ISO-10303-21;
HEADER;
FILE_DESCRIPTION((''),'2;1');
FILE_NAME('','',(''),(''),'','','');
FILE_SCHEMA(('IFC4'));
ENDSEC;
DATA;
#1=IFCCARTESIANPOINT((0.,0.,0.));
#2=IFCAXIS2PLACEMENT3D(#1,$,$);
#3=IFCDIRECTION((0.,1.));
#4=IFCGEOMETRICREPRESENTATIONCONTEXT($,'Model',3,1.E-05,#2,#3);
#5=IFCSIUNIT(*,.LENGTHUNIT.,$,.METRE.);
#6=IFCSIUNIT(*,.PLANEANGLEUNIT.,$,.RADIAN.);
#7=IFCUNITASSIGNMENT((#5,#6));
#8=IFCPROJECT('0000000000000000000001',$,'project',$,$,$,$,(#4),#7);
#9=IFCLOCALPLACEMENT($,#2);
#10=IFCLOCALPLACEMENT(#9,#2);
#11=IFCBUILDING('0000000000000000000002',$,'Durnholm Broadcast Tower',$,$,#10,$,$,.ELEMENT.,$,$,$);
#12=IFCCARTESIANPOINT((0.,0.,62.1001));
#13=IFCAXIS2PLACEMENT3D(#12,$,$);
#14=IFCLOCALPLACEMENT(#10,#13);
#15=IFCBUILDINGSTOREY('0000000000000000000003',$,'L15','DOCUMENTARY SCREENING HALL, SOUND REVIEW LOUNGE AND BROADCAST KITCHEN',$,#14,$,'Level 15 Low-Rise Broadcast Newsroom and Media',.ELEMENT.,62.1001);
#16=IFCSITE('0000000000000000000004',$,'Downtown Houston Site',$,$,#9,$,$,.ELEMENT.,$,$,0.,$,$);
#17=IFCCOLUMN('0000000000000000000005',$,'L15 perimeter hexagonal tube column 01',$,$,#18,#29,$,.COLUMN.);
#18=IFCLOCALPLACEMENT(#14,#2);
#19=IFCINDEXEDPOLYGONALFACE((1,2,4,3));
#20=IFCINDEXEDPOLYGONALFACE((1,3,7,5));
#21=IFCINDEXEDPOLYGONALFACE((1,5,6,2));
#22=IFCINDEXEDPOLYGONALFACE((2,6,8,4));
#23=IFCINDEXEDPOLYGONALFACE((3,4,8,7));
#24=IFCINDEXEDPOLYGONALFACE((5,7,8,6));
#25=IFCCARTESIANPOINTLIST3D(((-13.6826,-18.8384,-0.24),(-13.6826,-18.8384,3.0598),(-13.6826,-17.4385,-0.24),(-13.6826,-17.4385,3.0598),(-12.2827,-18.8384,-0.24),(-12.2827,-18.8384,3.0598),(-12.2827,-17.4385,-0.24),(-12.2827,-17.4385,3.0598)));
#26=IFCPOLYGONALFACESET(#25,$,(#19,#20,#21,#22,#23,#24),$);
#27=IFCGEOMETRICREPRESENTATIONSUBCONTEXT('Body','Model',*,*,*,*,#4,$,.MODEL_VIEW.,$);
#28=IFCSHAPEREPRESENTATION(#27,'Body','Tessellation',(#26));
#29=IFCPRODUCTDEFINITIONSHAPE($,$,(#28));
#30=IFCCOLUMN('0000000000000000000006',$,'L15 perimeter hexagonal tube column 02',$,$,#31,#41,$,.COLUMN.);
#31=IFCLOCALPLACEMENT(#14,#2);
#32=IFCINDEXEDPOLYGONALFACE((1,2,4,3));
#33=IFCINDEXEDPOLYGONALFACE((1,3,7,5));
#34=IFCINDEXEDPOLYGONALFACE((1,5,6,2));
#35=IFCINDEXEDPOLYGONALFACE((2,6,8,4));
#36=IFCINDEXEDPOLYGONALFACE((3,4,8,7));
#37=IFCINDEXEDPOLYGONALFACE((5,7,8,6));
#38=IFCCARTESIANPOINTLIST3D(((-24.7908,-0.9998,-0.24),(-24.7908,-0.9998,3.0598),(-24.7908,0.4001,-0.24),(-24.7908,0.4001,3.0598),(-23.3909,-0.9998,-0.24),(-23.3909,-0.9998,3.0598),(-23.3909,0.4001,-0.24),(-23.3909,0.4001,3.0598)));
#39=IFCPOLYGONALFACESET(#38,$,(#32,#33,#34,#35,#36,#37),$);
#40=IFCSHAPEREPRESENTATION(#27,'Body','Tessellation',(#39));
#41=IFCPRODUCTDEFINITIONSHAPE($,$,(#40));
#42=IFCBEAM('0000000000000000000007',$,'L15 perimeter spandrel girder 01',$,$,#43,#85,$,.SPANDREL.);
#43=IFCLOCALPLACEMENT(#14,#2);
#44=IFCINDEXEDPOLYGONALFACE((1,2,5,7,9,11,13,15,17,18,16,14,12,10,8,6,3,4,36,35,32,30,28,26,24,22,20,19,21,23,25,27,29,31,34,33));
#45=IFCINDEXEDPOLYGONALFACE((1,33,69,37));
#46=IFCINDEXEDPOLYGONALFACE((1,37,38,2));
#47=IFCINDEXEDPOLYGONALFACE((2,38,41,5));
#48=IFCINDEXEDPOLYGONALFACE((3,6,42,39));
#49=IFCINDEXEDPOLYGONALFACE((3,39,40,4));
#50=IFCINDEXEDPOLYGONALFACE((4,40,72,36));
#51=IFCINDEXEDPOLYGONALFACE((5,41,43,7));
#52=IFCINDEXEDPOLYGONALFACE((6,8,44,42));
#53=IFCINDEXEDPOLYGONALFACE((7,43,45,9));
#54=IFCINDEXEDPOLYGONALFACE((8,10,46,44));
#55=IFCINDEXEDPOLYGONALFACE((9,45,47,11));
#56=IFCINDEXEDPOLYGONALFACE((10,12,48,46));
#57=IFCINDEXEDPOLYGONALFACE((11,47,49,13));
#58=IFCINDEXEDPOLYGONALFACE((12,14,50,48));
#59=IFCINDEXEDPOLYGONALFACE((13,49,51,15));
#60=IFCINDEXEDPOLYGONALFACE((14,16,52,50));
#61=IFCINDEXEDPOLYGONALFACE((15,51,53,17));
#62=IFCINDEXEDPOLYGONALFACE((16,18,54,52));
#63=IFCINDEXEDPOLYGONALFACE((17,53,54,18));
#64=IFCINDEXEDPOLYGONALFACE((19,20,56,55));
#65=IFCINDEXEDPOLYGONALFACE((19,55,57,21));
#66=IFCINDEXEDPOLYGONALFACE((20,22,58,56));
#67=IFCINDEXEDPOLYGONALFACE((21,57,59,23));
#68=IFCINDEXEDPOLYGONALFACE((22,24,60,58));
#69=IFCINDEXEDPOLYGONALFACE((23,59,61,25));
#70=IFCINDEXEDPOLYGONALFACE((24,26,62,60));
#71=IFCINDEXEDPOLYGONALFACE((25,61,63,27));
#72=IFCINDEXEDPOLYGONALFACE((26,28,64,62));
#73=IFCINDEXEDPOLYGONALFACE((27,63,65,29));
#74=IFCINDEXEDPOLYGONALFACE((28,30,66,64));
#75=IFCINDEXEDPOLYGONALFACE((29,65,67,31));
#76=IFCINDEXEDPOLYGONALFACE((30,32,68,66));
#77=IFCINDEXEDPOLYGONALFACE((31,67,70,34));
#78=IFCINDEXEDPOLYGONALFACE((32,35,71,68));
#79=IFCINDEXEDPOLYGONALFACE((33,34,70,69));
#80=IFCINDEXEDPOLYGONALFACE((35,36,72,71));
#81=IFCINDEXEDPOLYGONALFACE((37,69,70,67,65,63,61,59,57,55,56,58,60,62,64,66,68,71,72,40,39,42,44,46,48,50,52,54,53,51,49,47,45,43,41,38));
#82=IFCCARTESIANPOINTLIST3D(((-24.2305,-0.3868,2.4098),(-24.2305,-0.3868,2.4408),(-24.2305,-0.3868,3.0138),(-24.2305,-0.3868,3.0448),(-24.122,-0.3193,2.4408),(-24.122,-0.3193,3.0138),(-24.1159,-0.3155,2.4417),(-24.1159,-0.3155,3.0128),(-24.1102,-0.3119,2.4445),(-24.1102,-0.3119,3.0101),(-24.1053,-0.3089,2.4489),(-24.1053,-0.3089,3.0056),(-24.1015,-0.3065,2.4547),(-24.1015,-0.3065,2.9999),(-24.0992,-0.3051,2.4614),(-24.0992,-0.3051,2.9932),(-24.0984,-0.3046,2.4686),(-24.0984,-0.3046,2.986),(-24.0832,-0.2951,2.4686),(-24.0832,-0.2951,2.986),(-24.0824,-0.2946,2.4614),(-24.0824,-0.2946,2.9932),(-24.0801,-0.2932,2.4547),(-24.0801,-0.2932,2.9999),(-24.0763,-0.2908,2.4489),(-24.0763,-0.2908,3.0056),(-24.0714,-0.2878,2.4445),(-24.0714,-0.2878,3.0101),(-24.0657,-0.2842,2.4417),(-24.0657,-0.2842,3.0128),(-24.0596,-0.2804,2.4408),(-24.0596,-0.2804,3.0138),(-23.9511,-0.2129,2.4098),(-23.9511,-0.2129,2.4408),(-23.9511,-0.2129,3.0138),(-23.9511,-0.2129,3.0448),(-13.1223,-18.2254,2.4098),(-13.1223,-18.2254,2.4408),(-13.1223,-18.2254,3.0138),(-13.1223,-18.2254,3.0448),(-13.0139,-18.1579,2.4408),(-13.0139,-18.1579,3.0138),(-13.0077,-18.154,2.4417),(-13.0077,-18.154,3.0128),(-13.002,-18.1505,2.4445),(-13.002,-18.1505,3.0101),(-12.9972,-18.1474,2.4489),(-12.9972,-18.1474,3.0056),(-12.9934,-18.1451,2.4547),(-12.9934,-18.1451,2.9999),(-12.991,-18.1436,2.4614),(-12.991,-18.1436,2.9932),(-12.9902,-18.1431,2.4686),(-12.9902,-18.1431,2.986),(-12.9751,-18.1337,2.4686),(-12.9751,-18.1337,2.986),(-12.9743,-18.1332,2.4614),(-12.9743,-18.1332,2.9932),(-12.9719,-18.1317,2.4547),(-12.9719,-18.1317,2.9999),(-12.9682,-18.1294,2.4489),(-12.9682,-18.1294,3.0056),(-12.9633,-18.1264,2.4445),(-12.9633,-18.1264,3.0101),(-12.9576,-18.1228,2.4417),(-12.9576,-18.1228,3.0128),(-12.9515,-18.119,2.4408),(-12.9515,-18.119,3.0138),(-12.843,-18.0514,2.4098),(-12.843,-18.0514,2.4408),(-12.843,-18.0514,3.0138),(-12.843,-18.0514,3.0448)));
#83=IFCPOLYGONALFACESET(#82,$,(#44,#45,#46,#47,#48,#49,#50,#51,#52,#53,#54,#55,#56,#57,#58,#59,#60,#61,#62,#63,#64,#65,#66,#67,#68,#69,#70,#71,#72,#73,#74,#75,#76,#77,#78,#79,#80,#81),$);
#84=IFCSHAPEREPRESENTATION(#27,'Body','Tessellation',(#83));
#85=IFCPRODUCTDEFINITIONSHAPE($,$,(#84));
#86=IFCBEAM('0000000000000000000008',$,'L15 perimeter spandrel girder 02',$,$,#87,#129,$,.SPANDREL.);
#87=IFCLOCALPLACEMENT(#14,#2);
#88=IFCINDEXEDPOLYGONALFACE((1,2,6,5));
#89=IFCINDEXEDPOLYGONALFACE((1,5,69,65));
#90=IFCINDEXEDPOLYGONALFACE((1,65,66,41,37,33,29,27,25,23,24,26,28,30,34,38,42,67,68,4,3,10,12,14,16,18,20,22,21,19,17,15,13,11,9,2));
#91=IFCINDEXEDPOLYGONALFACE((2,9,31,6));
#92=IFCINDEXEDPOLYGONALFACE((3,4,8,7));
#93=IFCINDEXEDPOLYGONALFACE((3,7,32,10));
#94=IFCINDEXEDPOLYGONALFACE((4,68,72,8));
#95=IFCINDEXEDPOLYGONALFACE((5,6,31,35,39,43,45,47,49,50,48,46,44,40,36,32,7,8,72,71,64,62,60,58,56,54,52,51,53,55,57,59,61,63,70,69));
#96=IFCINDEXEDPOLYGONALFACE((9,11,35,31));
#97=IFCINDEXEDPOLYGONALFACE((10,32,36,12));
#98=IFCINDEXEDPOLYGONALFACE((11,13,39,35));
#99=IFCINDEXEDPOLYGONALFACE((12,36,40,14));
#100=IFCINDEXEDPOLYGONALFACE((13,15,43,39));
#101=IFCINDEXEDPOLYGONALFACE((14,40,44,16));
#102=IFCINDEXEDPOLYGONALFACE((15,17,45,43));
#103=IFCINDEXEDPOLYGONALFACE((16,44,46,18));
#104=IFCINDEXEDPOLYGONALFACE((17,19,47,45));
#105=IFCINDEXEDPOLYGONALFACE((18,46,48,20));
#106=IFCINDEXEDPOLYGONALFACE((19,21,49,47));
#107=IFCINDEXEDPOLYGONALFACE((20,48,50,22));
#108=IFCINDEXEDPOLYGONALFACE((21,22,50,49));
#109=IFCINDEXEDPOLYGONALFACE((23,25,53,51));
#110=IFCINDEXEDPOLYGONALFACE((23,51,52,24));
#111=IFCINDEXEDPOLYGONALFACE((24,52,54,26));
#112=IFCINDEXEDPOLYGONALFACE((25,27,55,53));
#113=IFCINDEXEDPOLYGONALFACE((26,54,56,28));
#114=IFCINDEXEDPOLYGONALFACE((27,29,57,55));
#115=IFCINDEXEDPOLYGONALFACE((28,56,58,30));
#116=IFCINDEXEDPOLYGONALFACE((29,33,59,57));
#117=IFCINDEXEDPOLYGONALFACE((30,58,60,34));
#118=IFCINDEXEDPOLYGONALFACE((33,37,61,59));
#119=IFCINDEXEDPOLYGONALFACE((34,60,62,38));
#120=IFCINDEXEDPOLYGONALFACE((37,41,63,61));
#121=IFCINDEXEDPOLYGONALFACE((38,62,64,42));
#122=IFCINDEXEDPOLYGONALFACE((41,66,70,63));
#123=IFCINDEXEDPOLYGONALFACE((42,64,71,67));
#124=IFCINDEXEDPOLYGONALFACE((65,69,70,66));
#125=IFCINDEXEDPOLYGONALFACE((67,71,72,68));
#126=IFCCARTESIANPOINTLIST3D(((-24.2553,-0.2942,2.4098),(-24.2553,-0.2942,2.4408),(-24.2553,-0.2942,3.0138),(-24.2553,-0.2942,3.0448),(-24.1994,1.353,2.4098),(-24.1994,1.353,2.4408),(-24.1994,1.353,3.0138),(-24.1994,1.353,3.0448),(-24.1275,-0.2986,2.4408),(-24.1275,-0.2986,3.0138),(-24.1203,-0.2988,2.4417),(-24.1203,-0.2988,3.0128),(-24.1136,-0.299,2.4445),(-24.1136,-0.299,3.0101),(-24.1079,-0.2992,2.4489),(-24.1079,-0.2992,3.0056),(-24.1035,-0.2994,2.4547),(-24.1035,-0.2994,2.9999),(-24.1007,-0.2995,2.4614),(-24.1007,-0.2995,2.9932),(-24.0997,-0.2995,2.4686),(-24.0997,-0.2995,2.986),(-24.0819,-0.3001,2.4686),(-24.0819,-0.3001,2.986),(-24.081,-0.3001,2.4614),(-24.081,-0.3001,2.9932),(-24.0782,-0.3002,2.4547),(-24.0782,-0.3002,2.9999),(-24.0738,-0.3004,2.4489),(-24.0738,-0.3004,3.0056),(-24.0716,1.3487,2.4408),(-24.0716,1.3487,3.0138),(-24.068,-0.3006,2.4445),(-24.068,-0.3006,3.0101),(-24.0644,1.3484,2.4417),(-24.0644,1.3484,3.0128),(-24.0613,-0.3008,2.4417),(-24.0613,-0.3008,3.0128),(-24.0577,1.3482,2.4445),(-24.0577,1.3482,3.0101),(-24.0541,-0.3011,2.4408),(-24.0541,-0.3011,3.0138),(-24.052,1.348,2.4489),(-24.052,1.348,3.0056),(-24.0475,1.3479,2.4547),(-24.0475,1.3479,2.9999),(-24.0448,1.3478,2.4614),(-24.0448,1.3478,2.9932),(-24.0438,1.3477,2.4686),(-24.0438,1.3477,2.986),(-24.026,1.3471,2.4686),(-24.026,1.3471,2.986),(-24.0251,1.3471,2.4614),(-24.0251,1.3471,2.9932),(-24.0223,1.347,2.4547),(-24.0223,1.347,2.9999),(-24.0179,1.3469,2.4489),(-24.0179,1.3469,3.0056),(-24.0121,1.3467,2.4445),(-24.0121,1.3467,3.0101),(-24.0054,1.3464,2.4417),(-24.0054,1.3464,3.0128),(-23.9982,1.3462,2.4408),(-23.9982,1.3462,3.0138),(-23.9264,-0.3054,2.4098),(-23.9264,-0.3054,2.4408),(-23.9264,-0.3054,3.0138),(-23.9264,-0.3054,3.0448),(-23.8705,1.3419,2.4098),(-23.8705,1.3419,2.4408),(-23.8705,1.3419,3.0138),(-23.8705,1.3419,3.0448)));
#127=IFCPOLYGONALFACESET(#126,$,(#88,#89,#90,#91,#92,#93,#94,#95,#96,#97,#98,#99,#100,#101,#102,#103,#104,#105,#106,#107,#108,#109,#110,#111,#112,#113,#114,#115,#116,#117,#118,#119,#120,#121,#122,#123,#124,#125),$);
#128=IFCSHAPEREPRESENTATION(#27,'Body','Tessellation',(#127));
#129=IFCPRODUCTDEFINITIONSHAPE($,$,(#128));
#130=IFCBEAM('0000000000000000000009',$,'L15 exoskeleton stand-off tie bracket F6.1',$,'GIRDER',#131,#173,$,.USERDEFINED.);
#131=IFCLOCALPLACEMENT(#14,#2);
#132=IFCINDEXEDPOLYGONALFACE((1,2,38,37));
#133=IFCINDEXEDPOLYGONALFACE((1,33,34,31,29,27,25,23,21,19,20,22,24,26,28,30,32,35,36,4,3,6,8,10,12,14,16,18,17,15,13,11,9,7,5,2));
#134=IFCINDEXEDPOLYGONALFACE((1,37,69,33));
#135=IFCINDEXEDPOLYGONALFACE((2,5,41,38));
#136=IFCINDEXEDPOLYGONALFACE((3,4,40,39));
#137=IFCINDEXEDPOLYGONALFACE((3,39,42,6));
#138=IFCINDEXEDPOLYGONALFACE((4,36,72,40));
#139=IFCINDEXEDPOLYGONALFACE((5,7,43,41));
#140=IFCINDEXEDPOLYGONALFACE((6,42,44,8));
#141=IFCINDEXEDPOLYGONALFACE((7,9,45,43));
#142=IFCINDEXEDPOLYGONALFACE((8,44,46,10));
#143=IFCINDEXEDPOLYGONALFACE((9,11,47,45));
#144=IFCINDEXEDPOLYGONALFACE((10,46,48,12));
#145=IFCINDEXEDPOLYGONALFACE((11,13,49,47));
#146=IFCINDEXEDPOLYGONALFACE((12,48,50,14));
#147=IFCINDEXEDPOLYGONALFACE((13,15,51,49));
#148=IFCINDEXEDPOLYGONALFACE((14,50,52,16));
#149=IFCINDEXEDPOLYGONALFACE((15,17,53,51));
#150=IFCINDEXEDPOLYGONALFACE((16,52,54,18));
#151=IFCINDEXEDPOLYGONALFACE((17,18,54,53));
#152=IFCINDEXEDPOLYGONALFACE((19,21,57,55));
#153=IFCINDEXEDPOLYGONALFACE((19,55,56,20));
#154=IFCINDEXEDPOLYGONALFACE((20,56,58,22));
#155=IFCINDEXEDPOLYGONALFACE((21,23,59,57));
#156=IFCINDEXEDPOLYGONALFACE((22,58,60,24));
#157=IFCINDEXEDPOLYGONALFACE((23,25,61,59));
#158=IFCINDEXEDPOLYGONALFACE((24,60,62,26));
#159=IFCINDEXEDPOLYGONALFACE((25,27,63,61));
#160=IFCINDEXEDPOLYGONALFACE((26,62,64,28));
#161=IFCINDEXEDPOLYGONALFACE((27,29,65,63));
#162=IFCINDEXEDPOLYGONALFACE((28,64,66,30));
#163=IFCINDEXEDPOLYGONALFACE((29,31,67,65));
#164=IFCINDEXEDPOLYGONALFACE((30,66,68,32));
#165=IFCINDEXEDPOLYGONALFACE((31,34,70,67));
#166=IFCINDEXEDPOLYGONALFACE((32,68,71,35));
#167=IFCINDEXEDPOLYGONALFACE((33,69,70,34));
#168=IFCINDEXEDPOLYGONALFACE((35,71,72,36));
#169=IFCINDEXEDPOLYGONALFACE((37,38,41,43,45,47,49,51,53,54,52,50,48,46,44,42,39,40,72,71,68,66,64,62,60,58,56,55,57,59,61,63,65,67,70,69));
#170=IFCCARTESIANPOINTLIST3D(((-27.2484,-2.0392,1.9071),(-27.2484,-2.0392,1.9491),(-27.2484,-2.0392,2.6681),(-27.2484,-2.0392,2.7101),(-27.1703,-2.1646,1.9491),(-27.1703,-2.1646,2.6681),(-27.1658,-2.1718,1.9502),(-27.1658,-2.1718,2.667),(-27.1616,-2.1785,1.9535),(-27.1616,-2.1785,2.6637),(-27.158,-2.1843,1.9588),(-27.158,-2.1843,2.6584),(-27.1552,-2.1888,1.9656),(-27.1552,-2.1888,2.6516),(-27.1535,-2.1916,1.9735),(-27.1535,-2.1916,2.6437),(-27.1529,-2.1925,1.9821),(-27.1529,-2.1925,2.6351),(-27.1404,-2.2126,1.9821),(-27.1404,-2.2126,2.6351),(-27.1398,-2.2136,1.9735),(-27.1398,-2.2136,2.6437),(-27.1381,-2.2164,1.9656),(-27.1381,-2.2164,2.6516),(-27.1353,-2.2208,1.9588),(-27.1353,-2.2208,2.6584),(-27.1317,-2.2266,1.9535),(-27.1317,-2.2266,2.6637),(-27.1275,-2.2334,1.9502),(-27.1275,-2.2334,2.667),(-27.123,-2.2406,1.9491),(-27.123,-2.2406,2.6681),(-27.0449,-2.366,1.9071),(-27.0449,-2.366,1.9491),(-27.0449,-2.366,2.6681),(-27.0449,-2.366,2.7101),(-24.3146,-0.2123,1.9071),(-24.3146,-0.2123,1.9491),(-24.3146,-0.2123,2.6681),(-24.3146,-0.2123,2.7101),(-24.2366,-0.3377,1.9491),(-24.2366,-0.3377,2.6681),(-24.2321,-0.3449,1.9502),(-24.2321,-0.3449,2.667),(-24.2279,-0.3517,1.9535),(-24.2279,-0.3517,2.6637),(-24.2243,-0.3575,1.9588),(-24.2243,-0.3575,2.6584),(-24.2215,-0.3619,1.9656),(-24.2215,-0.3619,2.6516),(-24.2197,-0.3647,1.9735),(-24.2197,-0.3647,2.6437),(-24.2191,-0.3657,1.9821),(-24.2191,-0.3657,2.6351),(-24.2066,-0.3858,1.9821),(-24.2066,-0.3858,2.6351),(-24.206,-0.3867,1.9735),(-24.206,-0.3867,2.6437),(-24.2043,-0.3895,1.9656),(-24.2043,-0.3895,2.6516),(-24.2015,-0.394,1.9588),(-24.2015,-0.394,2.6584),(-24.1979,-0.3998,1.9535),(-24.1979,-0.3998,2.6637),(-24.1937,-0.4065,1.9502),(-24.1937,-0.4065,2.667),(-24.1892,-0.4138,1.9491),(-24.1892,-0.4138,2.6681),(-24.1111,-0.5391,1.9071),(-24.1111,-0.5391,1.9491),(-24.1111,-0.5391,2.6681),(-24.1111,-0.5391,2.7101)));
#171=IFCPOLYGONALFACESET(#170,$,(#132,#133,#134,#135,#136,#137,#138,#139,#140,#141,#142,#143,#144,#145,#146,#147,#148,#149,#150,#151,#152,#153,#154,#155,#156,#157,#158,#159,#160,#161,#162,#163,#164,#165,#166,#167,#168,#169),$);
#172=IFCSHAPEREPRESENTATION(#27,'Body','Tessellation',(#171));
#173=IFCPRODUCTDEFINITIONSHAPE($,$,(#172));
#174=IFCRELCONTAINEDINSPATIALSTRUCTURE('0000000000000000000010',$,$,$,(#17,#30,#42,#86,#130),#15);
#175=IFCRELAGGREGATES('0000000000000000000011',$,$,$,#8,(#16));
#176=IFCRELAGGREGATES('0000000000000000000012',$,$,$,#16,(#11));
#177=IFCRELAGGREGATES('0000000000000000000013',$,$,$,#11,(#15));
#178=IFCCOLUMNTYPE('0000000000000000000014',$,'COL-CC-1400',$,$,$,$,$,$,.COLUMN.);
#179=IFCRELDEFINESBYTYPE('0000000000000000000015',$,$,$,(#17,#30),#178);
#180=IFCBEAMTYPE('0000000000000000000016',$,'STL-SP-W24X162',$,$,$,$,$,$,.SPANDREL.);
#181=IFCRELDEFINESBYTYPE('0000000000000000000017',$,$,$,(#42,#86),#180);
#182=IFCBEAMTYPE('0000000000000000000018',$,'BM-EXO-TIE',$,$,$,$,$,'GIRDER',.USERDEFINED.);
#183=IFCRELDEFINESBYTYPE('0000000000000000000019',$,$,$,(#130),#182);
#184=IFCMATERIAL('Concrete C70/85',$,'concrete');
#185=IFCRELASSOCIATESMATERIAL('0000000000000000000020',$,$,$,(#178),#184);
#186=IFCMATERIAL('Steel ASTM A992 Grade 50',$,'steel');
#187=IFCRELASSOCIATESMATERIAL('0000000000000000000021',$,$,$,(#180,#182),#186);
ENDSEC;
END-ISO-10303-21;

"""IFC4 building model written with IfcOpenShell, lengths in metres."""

from ifc_helpers import new_model, si_unit, direction, frame, origin, origin_2d, place, context, subcontext, project, spatial, rectangle, i_section, extrude, source, transform, mapped, material, material_profile, profile_set, type_object, type_shapes, element, save


model = new_model("IFC4")

# Units and contexts
model_context = context("Model", 3, precision=1e-05, world=origin(), true_north=direction((0.0, 1.0)))
body_context = subcontext(model_context, "Body", "Model", "MODEL_VIEW")
ifc_project = project(units=[si_unit("LENGTHUNIT", "METRE"), si_unit("PLANEANGLEUNIT", "RADIAN")], contexts=[model_context])

# Site, building, storey
site_placement = place(None, origin())
site = spatial("IfcSite", under=ifc_project, at=site_placement, Name="Downtown Houston Site", CompositionType="ELEMENT", RefElevation=0.0)
building_placement = place(site_placement, origin())
building = spatial("IfcBuilding", under=site, at=building_placement, Name="Durnholm Broadcast Tower", CompositionType="ELEMENT")
storey_placement = place(building_placement, frame((0.0, 0.0, 62.1001)))
storey = spatial("IfcBuildingStorey", under=building, at=storey_placement, Name="L15", Description="DOCUMENTARY SCREENING HALL, SOUND REVIEW LOUNGE AND BROADCAST KITCHEN", LongName="Level 15 Low-Rise Broadcast Newsroom and Media", CompositionType="ELEMENT", Elevation=62.1001)

# Columns
ifc_material_1 = material(Name="Concrete C70/85", Category="concrete")
ifc_material_profile_1 = material_profile(ifc_material_1, rectangle(XDim=1.3999, YDim=1.3999, at=origin_2d()), Name="RC1400X1400")
ifc_profile_set_1 = profile_set([ifc_material_profile_1], Name="Concrete C70/85")
column_type = type_object("IfcColumnType", Name="COL-CC-1400", PredefinedType="COLUMN", material=ifc_profile_set_1)
shared_shape_1 = source(origin(), body_context, "Body", "SweptSolid", [
    extrude(rectangle(XDim=1.3999, YDim=1.3999, at=origin_2d()), origin(), (0.0, 0.0, 1.0), 3.2998),
])
type_shapes(column_type, [shared_shape_1])
for number, where, z_axis, x_axis, name in (
    (1, (-12.9827, -18.1384, -0.24), (0.0, 0.0, 1.0), (1.0, 0.0, 0.0), "L15 perimeter hexagonal tube column 01"),
    (2, (-24.0908, -0.2998, -0.24), (0.0, 0.0, 1.0), (1.0, 0.0, 0.0), "L15 perimeter hexagonal tube column 02"),
):
    element("IfcColumn", number, at=place(storey_placement, frame(where, z_axis=z_axis, x_axis=x_axis)), inside=storey, type_object=column_type, Name=name, PredefinedType="COLUMN", context=body_context, shape_type="MappedRepresentation", body=[
        mapped(shared_shape_1, transform((0.0, 0.0, 0.0), x_axis=(1.0, 0.0, 0.0), y_axis=(0.0, 1.0, 0.0), z_axis=(0.0, 0.0, 1.0), scale=1.0)),
    ])

# Beams
ifc_material_2 = material(Name="Steel ASTM A992 Grade 50", Category="steel")
ifc_material_profile_2 = material_profile(ifc_material_2, i_section(OverallWidth=0.3291, OverallDepth=0.635, WebThickness=0.0178, FlangeThickness=0.031, FilletRadius=0.0278, at=origin_2d()), Name="W24X162")
ifc_profile_set_2 = profile_set([ifc_material_profile_2], Name="Steel ASTM A992 Grade 50")
beam_type_1 = type_object("IfcBeamType", Name="STL-SP-W24X162", PredefinedType="SPANDREL", material=ifc_profile_set_2)
shared_shape_2 = source(origin(), body_context, "Body", "SweptSolid", [
    extrude(i_section(OverallWidth=0.3291, OverallDepth=0.635, WebThickness=0.0178, FlangeThickness=0.031, FilletRadius=0.0278, at=origin_2d()), origin(), (0.0, 0.0, 1.0), 21.0144),
])
beam_1_placement = place(storey_placement, frame((-12.9827, -18.1384, 2.7273), z_axis=(-0.528596, 0.848874, 0.0), x_axis=(-0.848874, -0.528596, 0.0)))
element("IfcBeam", 3, at=beam_1_placement, inside=storey, type_object=beam_type_1, Name="L15 perimeter spandrel girder 01", PredefinedType="SPANDREL", context=body_context, shape_type="MappedRepresentation", body=[
    mapped(shared_shape_2, transform((0.0, 0.0, 0.0), x_axis=(1.0, 0.0, 0.0), y_axis=(0.0, 1.0, 0.0), z_axis=(0.0, 0.0, 1.0), scale=1.0)),
])
shared_shape_3 = source(origin(), body_context, "Body", "SweptSolid", [
    extrude(i_section(OverallWidth=0.3291, OverallDepth=0.635, WebThickness=0.0178, FlangeThickness=0.031, FilletRadius=0.0278, at=origin_2d()), origin(), (0.0, 0.0, 1.0), 1.6482),
])
type_shapes(beam_type_1, [shared_shape_2, shared_shape_3])
beam_2_placement = place(storey_placement, frame((-24.0908, -0.2998, 2.7273), z_axis=(0.033921, 0.999425, 0.0), x_axis=(-0.999425, 0.033921, 0.0)))
element("IfcBeam", 4, at=beam_2_placement, inside=storey, type_object=beam_type_1, Name="L15 perimeter spandrel girder 02", PredefinedType="SPANDREL", context=body_context, shape_type="MappedRepresentation", body=[
    mapped(shared_shape_3, transform((0.0, 0.0, 0.0), x_axis=(1.0, 0.0, 0.0), y_axis=(0.0, 1.0, 0.0), z_axis=(0.0, 0.0, 1.0), scale=1.0)),
])
ifc_material_profile_3 = material_profile(ifc_material_2, i_section(OverallWidth=0.385, OverallDepth=0.803, WebThickness=0.0237, FlangeThickness=0.042, FilletRadius=0.033, at=origin_2d()), Name="W30X261")
ifc_profile_set_3 = profile_set([ifc_material_profile_3], Name="Steel ASTM A992 Grade 50")
beam_type_2 = type_object("IfcBeamType", Name="BM-EXO-TIE", ElementType="GIRDER", PredefinedType="USERDEFINED", material=ifc_profile_set_3)
shared_shape_4 = source(origin(), body_context, "Body", "SweptSolid", [
    extrude(i_section(OverallWidth=0.385, OverallDepth=0.803, WebThickness=0.0237, FlangeThickness=0.042, FilletRadius=0.033, at=origin_2d()), origin(), (0.0, 0.0, 1.0), 3.4561),
])
for number, where, z_axis, x_axis, name in (
    (5, (-24.2129, -0.3757, 2.3086), (-0.848874, -0.528595, 0.0), (0.528595, -0.848874, 0.0), "L15 exoskeleton stand-off tie bracket F6.1"),
):
    element("IfcBeam", number, at=place(storey_placement, frame(where, z_axis=z_axis, x_axis=x_axis)), inside=storey, type_object=beam_type_2, Name=name, ObjectType="GIRDER", PredefinedType="USERDEFINED", context=body_context, shape_type="MappedRepresentation", body=[
        mapped(shared_shape_4, transform((0.0, 0.0, 0.0), x_axis=(1.0, 0.0, 0.0), y_axis=(0.0, 1.0, 0.0), z_axis=(0.0, 0.0, 1.0), scale=1.0)),
    ])

save(model, "model.ifc")
